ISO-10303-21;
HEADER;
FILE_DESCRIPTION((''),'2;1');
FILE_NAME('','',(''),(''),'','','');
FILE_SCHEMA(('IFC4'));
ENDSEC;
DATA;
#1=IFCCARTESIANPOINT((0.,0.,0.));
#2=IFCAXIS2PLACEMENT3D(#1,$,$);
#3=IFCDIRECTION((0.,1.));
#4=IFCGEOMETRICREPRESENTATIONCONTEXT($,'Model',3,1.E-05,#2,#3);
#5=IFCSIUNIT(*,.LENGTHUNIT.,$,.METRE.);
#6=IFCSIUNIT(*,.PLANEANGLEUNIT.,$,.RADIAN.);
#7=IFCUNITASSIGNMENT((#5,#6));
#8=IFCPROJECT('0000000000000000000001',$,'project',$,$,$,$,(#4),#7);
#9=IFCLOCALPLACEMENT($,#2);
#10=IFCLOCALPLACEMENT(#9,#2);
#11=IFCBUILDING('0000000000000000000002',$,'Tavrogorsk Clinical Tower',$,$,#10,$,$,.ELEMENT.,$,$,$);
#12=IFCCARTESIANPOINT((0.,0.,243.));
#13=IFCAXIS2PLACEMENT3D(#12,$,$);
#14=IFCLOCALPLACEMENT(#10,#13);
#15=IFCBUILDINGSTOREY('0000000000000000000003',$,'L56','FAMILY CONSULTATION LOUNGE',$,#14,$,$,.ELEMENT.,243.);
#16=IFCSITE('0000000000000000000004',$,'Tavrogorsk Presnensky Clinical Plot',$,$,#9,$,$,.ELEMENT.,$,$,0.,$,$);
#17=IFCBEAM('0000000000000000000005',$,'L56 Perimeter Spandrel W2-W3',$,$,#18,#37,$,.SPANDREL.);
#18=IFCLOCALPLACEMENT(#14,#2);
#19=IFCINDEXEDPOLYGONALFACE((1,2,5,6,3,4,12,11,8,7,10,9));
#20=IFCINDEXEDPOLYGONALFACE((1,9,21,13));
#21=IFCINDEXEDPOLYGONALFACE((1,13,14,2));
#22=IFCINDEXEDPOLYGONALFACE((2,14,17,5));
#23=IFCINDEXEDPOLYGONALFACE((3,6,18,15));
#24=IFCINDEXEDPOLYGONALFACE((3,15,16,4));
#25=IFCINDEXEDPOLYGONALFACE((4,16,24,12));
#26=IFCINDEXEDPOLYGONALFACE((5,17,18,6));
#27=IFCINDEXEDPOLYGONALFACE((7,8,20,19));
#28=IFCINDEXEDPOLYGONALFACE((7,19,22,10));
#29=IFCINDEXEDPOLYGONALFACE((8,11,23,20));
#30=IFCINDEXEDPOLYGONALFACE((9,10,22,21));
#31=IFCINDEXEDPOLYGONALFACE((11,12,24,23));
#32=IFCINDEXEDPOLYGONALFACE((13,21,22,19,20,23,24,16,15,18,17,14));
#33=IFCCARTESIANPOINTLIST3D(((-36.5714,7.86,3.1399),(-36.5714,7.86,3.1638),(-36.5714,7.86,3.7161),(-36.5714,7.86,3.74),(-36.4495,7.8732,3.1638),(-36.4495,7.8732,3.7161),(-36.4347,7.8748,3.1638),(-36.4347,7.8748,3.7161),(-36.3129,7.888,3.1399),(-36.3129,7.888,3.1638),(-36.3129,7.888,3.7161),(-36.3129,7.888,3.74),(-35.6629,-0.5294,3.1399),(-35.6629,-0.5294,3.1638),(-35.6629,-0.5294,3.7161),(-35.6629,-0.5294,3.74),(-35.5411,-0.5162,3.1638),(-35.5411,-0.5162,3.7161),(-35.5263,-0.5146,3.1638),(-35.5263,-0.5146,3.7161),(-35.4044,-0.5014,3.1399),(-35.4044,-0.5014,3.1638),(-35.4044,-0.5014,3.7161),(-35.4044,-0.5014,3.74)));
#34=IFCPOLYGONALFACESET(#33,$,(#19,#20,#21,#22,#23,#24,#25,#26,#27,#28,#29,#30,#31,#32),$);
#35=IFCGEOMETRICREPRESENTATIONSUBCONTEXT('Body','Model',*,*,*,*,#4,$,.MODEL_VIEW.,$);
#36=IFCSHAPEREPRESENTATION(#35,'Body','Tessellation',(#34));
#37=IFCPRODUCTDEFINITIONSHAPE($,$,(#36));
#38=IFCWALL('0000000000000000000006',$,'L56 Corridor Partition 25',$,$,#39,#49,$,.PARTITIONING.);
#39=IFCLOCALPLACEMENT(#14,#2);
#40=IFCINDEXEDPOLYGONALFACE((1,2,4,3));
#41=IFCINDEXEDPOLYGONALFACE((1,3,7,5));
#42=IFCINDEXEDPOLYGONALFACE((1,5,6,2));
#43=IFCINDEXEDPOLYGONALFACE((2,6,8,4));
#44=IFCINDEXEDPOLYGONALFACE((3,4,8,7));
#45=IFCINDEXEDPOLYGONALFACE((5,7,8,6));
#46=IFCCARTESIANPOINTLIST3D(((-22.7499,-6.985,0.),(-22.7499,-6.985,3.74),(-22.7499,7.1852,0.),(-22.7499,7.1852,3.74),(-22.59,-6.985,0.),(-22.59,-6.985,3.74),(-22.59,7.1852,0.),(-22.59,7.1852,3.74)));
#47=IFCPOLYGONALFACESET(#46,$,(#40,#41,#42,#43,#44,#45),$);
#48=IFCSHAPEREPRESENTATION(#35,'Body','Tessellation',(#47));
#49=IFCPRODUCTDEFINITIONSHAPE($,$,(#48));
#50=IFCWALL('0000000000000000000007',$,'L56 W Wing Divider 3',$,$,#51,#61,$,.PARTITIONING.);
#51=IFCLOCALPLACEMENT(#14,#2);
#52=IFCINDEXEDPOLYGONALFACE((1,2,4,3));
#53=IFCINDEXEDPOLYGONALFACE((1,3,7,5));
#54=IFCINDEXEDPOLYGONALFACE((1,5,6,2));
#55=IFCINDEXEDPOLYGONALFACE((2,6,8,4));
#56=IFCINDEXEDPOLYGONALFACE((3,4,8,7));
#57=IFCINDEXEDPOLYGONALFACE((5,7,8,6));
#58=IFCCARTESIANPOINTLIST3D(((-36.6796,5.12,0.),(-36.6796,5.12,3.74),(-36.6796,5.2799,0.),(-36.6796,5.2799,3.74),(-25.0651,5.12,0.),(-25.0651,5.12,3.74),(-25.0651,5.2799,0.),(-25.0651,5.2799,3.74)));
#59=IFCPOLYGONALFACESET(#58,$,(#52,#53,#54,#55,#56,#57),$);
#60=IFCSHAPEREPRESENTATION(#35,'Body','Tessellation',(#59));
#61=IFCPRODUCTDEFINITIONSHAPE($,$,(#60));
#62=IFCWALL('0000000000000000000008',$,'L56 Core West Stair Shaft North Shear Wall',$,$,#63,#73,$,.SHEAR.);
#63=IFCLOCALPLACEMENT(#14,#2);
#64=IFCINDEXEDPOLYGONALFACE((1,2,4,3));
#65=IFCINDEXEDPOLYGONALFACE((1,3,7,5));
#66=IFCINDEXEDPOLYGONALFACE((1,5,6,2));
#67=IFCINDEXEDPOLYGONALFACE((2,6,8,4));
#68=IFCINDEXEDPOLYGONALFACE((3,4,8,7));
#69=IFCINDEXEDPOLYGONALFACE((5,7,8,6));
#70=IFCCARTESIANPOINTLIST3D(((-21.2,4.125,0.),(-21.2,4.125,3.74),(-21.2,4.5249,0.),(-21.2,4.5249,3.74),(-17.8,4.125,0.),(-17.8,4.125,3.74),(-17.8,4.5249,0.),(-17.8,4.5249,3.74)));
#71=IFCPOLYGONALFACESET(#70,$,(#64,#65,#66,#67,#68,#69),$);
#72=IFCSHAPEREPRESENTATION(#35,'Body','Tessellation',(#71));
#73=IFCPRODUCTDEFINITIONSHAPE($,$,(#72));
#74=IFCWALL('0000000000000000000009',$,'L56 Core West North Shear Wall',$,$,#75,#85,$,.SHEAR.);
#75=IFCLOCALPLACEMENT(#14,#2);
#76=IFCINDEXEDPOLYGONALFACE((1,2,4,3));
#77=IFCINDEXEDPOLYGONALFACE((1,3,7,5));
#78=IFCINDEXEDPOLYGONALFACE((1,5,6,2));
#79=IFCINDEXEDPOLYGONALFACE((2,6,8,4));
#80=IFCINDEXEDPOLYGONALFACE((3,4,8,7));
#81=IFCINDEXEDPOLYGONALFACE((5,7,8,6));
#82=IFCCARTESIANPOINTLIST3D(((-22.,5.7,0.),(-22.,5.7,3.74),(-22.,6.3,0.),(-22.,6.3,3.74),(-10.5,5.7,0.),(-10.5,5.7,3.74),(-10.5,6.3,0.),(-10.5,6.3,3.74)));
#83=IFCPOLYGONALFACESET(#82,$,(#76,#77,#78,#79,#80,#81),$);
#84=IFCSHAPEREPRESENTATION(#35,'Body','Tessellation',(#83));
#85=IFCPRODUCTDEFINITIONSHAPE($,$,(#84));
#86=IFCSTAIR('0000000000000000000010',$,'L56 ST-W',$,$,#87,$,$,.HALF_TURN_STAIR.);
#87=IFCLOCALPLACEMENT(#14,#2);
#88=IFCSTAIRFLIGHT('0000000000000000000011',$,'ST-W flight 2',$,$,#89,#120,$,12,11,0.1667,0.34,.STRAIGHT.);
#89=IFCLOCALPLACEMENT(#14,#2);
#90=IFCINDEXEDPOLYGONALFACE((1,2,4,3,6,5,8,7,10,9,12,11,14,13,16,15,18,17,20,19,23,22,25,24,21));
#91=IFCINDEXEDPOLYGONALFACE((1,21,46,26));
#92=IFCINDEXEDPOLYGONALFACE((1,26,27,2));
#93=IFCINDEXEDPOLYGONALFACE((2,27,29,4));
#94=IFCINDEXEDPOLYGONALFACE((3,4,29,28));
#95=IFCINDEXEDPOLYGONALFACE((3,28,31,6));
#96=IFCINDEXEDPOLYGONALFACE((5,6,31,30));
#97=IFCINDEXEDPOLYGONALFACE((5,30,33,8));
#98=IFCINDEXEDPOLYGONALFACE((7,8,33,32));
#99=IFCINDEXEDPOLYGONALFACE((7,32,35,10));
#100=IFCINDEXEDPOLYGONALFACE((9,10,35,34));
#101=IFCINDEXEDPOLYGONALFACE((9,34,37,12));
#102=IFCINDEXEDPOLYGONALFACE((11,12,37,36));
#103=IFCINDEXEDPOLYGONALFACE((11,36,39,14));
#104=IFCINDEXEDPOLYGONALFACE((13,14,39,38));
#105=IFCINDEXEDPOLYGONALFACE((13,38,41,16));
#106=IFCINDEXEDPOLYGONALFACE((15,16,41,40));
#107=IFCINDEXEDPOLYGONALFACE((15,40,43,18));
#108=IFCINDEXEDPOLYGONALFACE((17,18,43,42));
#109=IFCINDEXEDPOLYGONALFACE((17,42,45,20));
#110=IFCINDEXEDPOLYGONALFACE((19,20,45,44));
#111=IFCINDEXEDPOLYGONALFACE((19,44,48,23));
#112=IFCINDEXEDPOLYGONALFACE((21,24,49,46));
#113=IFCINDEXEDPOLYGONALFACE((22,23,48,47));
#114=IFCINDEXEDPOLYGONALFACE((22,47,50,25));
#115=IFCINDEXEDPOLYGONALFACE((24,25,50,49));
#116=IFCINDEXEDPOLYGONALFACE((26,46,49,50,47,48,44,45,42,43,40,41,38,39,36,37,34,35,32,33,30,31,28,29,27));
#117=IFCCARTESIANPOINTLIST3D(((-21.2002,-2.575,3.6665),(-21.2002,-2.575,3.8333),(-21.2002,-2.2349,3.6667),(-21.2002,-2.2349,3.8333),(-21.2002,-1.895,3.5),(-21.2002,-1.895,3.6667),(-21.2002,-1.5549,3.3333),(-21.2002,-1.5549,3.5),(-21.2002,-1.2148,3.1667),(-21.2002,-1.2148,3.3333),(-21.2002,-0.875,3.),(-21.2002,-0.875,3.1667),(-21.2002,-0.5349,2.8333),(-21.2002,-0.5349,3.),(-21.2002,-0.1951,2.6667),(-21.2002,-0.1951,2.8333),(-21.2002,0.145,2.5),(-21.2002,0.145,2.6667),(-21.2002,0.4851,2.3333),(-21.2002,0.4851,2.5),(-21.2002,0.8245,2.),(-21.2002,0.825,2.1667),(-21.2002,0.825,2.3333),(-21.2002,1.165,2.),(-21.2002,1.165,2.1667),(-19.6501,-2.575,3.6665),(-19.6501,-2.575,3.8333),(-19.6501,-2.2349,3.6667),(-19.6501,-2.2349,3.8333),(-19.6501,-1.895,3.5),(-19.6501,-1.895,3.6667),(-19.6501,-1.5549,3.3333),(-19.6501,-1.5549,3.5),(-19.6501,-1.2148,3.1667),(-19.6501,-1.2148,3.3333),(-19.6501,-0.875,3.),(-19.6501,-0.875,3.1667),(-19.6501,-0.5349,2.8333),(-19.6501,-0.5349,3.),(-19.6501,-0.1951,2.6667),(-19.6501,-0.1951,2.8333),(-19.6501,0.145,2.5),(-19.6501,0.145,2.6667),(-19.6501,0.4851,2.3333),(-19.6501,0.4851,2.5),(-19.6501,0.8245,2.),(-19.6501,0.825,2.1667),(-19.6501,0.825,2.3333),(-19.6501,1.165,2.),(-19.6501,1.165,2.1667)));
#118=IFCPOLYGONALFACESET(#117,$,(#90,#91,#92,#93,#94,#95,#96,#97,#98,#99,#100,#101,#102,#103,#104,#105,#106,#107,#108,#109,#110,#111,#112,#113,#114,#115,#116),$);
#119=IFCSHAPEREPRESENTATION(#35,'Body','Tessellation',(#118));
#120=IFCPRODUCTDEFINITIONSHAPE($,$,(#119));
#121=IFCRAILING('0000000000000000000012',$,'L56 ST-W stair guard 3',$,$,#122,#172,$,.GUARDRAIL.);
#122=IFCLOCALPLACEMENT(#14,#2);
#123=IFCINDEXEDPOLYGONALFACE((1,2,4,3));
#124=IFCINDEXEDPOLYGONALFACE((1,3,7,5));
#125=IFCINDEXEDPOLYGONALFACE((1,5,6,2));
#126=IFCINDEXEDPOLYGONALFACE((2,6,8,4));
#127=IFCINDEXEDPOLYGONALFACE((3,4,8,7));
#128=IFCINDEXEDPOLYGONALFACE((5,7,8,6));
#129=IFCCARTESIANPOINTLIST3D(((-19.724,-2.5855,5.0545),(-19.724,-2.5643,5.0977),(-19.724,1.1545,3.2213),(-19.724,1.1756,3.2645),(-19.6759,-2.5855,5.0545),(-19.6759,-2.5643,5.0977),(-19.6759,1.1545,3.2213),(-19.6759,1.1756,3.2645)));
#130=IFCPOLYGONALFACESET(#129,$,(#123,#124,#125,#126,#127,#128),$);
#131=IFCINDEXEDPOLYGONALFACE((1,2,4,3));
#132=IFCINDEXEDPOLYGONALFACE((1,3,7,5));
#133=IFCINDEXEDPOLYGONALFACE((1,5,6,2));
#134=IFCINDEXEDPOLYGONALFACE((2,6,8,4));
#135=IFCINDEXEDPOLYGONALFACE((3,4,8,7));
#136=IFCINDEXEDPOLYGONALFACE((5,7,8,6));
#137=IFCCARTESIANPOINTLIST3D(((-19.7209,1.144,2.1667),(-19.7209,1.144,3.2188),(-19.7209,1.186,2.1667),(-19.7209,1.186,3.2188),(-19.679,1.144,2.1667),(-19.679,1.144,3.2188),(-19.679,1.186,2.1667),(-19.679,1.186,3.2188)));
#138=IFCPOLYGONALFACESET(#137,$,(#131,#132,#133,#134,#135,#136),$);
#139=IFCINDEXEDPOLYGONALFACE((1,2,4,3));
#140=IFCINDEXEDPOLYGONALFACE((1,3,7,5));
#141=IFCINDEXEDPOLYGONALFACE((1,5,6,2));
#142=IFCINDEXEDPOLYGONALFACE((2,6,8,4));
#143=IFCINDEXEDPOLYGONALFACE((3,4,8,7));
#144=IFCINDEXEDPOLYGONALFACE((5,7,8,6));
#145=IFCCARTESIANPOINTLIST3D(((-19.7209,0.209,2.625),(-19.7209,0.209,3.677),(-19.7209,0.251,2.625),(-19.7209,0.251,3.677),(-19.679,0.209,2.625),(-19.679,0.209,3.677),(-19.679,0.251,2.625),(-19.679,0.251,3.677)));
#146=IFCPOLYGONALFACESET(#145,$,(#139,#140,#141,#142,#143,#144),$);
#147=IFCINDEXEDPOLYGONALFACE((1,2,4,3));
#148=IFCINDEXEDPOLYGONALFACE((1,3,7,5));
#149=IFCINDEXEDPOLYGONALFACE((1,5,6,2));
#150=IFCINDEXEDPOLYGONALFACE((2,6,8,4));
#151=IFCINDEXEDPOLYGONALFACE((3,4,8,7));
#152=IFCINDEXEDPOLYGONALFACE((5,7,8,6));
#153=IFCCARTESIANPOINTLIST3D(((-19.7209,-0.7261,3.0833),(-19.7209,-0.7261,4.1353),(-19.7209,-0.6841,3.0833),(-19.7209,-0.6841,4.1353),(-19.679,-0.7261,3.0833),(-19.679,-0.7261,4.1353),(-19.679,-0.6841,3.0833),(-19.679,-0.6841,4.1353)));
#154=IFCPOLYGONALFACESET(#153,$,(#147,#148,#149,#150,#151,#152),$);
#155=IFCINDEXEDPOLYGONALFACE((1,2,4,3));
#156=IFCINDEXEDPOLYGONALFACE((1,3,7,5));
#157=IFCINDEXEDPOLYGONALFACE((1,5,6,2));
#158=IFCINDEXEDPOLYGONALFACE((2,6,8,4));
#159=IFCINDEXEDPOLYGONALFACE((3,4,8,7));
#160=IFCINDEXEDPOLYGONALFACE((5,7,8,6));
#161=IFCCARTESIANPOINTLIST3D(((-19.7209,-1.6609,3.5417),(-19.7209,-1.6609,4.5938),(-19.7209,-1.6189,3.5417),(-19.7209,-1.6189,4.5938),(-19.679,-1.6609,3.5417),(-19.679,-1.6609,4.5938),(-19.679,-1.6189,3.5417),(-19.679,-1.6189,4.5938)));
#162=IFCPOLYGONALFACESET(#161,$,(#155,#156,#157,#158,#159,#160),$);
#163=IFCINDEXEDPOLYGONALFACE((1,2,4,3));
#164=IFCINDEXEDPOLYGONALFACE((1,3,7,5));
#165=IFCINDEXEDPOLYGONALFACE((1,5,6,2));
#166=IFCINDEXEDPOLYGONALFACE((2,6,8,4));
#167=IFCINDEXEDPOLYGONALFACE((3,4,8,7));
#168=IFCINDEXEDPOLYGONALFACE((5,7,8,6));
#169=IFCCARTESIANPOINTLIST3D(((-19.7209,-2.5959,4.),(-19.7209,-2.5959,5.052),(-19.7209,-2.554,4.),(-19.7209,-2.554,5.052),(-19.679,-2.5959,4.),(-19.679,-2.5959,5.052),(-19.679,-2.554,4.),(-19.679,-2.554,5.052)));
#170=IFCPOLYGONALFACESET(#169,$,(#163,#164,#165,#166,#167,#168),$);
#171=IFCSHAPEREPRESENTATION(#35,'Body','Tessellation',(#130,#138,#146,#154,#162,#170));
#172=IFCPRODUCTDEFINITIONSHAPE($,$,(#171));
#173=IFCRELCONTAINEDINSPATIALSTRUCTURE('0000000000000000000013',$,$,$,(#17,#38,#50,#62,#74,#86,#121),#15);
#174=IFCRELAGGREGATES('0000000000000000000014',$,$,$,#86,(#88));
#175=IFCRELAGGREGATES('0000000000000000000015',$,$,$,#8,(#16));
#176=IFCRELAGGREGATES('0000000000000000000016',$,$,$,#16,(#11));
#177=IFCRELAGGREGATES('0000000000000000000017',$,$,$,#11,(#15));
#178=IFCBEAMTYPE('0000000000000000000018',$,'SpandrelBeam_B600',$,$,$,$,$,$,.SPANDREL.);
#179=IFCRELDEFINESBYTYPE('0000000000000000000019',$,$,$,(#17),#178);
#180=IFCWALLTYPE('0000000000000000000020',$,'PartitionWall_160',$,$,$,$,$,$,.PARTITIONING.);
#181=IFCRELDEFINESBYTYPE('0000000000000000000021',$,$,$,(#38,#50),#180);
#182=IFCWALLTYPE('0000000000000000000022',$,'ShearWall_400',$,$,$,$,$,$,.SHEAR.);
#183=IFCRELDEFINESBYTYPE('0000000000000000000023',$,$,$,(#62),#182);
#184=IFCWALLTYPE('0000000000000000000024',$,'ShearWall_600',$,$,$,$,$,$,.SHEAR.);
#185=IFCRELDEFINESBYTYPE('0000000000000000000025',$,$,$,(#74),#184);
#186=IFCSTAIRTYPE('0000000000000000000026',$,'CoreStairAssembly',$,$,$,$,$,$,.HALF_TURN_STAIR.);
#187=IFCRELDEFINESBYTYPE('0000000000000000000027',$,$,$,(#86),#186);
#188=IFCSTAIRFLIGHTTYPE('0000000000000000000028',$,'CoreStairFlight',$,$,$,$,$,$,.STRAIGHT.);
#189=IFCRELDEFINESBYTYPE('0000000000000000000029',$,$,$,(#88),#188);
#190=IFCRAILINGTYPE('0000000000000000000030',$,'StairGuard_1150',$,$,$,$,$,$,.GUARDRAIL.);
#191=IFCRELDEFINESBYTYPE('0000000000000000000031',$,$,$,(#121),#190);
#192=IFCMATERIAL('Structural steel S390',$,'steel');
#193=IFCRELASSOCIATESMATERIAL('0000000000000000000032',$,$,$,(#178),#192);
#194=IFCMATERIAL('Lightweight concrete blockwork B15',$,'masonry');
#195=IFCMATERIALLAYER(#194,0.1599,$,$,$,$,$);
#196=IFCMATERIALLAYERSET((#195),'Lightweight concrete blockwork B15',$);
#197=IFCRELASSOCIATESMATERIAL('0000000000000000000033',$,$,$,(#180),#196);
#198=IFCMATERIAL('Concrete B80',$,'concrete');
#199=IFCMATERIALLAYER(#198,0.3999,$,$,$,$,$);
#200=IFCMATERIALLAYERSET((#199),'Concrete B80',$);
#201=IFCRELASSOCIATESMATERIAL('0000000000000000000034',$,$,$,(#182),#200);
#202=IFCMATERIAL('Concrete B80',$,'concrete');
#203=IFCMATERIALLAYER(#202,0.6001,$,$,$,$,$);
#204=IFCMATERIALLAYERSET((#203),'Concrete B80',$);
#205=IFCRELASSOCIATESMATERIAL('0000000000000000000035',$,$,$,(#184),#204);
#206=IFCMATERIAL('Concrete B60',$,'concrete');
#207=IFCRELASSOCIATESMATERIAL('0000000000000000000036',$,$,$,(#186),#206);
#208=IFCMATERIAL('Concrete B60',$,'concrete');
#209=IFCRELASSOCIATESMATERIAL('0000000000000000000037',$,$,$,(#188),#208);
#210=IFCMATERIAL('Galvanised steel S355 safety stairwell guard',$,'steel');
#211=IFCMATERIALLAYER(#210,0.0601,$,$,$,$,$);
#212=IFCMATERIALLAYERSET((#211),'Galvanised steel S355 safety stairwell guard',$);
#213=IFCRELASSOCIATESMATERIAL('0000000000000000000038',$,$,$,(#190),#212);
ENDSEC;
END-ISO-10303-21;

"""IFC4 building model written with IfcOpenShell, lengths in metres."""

from ifc_helpers import new_model, si_unit, direction, frame, frame_2d, origin, origin_2d, place, context, subcontext, project, spatial, polyline, rectangle, i_section, outline, extrude, material, layer, layer_set, material_profile, profile_set, type_object, element, aggregate, save


model = new_model("IFC4")

# Units and contexts
model_context = context("Model", 3, precision=1e-05, world=origin(), true_north=direction((0.0, 1.0)))
body_context = subcontext(model_context, "Body", "Model", "MODEL_VIEW")
ifc_project = project(units=[si_unit("LENGTHUNIT", "METRE"), si_unit("PLANEANGLEUNIT", "RADIAN")], contexts=[model_context])

# Site, building, storey
site_placement = place(None, origin())
site = spatial("IfcSite", under=ifc_project, at=site_placement, Name="Tavrogorsk Presnensky Clinical Plot", CompositionType="ELEMENT", RefElevation=0.0)
building_placement = place(site_placement, origin())
building = spatial("IfcBuilding", under=site, at=building_placement, Name="Tavrogorsk Clinical Tower", CompositionType="ELEMENT")
storey_placement = place(building_placement, frame((0.0, 0.0, 243.0)))
storey = spatial("IfcBuildingStorey", under=building, at=storey_placement, Name="L56", Description="FAMILY CONSULTATION LOUNGE", CompositionType="ELEMENT", Elevation=243.0)

# Beam
ifc_material_1 = material(Name="Structural steel S390", Category="steel")
ifc_material_profile_1 = material_profile(ifc_material_1, i_section(OverallWidth=0.26, OverallDepth=0.6001, WebThickness=0.0149, FlangeThickness=0.0239, at=origin_2d()), Name="B-600x260x15x24")
ifc_profile_set_1 = profile_set([ifc_material_profile_1], Name="Structural steel S390")
beam_type_1 = type_object("IfcBeamType", Name="SpandrelBeam_B600", PredefinedType="SPANDREL", material=ifc_profile_set_1)
beam_1_placement = place(storey_placement, frame((-36.4421, 7.874, 3.4399), z_axis=(0.107656, -0.994188, 0.0), x_axis=(0.994188, 0.107656, 0.0)))
element("IfcBeam", 1, at=beam_1_placement, inside=storey, type_object=beam_type_1, Name="L56 Perimeter Spandrel W2-W3", PredefinedType="SPANDREL", context=body_context, shape_type="SweptSolid", body=[
    extrude(i_section(OverallWidth=0.26, OverallDepth=0.6001, WebThickness=0.0149, FlangeThickness=0.0239, at=origin_2d()), origin(), (0.0, 0.0, 1.0), 8.4385),
])

# Shared definitions
ifc_material_2 = material(Name="Lightweight concrete blockwork B15", Category="masonry")
ifc_layer_1 = layer(ifc_material_2, 0.1599)
ifc_layer_set_1 = layer_set([ifc_layer_1], Name="Lightweight concrete blockwork B15")
wall_type_1 = type_object("IfcWallType", Name="PartitionWall_160", PredefinedType="PARTITIONING", material=ifc_layer_set_1)

# Walls
wall_1_placement = place(storey_placement, frame((-22.6699, 7.1851, 0.0), z_axis=(0.0, 0.0, 1.0), x_axis=(0.0, -1.0, 0.0)))
element("IfcWall", 2, at=wall_1_placement, inside=storey, type_object=wall_type_1, Name="L56 Corridor Partition 25", PredefinedType="PARTITIONING", context=body_context, shape_type="SweptSolid", body=[
    extrude(rectangle(XDim=14.1702, YDim=0.1599, at=frame_2d((7.085, 0.0))), origin(), (0.0, 0.0, 1.0), 3.74),
])
wall_2_placement = place(storey_placement, frame((-36.6794, 5.2, 0.0), z_axis=(0.0, 0.0, 1.0), x_axis=(1.0, 0.0, 0.0)))
element("IfcWall", 3, at=wall_2_placement, inside=storey, type_object=wall_type_1, Name="L56 W Wing Divider 3", PredefinedType="PARTITIONING", context=body_context, shape_type="SweptSolid", body=[
    extrude(rectangle(XDim=11.6145, YDim=0.1599, at=frame_2d((5.8071, 0.0))), origin(), (0.0, 0.0, 1.0), 3.74),
])
ifc_material_3 = material(Name="Concrete B80", Category="concrete")
ifc_layer_2 = layer(ifc_material_3, 0.3999)
ifc_layer_set_2 = layer_set([ifc_layer_2], Name="Concrete B80")
wall_type_2 = type_object("IfcWallType", Name="ShearWall_400", PredefinedType="SHEAR", material=ifc_layer_set_2)
wall_3_placement = place(storey_placement, frame((-21.2, 4.325, 0.0), z_axis=(0.0, 0.0, 1.0), x_axis=(1.0, 0.0, 0.0)))
element("IfcWall", 4, at=wall_3_placement, inside=storey, type_object=wall_type_2, Name="L56 Core West Stair Shaft North Shear Wall", PredefinedType="SHEAR", context=body_context, shape_type="SweptSolid", body=[
    extrude(rectangle(XDim=3.3999, YDim=0.3999, at=frame_2d((1.7, 0.0))), origin(), (0.0, 0.0, 1.0), 3.74),
])
ifc_material_4 = material(Name="Concrete B80", Category="concrete")
ifc_layer_3 = layer(ifc_material_4, 0.6001)
ifc_layer_set_3 = layer_set([ifc_layer_3], Name="Concrete B80")
wall_type_3 = type_object("IfcWallType", Name="ShearWall_600", PredefinedType="SHEAR", material=ifc_layer_set_3)
wall_4_placement = place(storey_placement, frame((-22.0, 6.0, 0.0), z_axis=(0.0, 0.0, 1.0), x_axis=(1.0, 0.0, 0.0)))
element("IfcWall", 5, at=wall_4_placement, inside=storey, type_object=wall_type_3, Name="L56 Core West North Shear Wall", PredefinedType="SHEAR", context=body_context, shape_type="SweptSolid", body=[
    extrude(rectangle(XDim=11.5, YDim=0.6001, at=frame_2d((5.75, 0.0))), origin(), (0.0, 0.0, 1.0), 3.74),
])

# Stair, stair flight
ifc_material_5 = material(Name="Concrete B60", Category="concrete")
stair_type = type_object("IfcStairType", Name="CoreStairAssembly", PredefinedType="HALF_TURN_STAIR", material=ifc_material_5)
stair_placement = place(storey_placement, origin())
stair = element("IfcStair", 6, at=stair_placement, inside=storey, type_object=stair_type, Name="L56 ST-W", PredefinedType="HALF_TURN_STAIR")
ifc_material_6 = material(Name="Concrete B60", Category="concrete")
stair_flight_type = type_object("IfcStairFlightType", Name="CoreStairFlight", PredefinedType="STRAIGHT", material=ifc_material_6)
stair_flight_placement = place(storey_placement, frame((-20.425, 1.165, 2.0), z_axis=(0.0, 0.0, 1.0), x_axis=(0.0, -1.0, 0.0)))
stair_flight = element("IfcStairFlight", 7, at=stair_flight_placement, type_object=stair_flight_type, Name="ST-W flight 2", NumberOfRisers=12, NumberOfTreads=11, PredefinedType="STRAIGHT", RiserHeight=0.1667, TreadLength=0.34, context=body_context, shape_type="SweptSolid", body=[
    extrude(outline(polyline([(0.0, 0.0), (0.0, 0.1667), (0.3401, 0.1667), (0.3401, 0.3333), (0.6799, 0.3333), (0.6799, 0.5), (1.02, 0.5), (1.02, 0.6667), (1.3601, 0.6667), (1.3601, 0.8333), (1.7, 0.8333), (1.7, 1.0), (2.04, 1.0), (2.04, 1.1667), (2.3799, 1.1667), (2.3799, 1.3333), (2.72, 1.3333), (2.72, 1.5), (3.0601, 1.5), (3.0601, 1.6667), (3.3999, 1.6667), (3.3999, 1.8333), (3.74, 1.8333), (3.74, 2.0), (3.74, 1.6665), (0.3406, 0.0), (0.0, 0.0)])), frame((0.0, 0.7749, 0.0), z_axis=(0.0, -1.0, 0.0), x_axis=(1.0, 0.0, 0.0)), (0.0, 0.0, 1.0), 1.55),
])
aggregate(stair, [stair_flight])

# Railing
ifc_material_7 = material(Name="Galvanised steel S355 safety stairwell guard", Category="steel")
ifc_layer_4 = layer(ifc_material_7, 0.0601)
ifc_layer_set_4 = layer_set([ifc_layer_4], Name="Galvanised steel S355 safety stairwell guard")
railing_type_1 = type_object("IfcRailingType", Name="StairGuard_1150", PredefinedType="GUARDRAIL", material=ifc_layer_set_4)
railing_1_placement = place(storey_placement, frame((-19.7, 1.165, 2.1667)))
element("IfcRailing", 8, at=railing_1_placement, inside=storey, type_object=railing_type_1, Name="L56 ST-W stair guard 3", PredefinedType="GUARDRAIL", context=body_context, shape_type="SweptSolid", body=[
    extrude(rectangle(XDim=0.0481, YDim=0.0481, at=origin_2d()), frame((0.0, 0.0, 1.0762), z_axis=(0.0, -0.897928, 0.440142), x_axis=(1.0, 0.0, 0.0)), (0.0, 0.0, 1.0), 4.165),
    extrude(rectangle(XDim=0.042, YDim=0.042, at=origin_2d()), origin(), (0.0, 0.0, 1.0), 1.052),
    extrude(rectangle(XDim=0.042, YDim=0.042, at=origin_2d()), frame((0.0, -0.9351, 0.4583)), (0.0, 0.0, 1.0), 1.052),
    extrude(rectangle(XDim=0.042, YDim=0.042, at=origin_2d()), frame((0.0, -1.8701, 0.9165)), (0.0, 0.0, 1.0), 1.052),
    extrude(rectangle(XDim=0.042, YDim=0.042, at=origin_2d()), frame((0.0, -2.8049, 1.375)), (0.0, 0.0, 1.0), 1.052),
    extrude(rectangle(XDim=0.042, YDim=0.042, at=origin_2d()), frame((0.0, -3.74, 1.8333)), (0.0, 0.0, 1.0), 1.052),
])

save(model, "model.ifc")
